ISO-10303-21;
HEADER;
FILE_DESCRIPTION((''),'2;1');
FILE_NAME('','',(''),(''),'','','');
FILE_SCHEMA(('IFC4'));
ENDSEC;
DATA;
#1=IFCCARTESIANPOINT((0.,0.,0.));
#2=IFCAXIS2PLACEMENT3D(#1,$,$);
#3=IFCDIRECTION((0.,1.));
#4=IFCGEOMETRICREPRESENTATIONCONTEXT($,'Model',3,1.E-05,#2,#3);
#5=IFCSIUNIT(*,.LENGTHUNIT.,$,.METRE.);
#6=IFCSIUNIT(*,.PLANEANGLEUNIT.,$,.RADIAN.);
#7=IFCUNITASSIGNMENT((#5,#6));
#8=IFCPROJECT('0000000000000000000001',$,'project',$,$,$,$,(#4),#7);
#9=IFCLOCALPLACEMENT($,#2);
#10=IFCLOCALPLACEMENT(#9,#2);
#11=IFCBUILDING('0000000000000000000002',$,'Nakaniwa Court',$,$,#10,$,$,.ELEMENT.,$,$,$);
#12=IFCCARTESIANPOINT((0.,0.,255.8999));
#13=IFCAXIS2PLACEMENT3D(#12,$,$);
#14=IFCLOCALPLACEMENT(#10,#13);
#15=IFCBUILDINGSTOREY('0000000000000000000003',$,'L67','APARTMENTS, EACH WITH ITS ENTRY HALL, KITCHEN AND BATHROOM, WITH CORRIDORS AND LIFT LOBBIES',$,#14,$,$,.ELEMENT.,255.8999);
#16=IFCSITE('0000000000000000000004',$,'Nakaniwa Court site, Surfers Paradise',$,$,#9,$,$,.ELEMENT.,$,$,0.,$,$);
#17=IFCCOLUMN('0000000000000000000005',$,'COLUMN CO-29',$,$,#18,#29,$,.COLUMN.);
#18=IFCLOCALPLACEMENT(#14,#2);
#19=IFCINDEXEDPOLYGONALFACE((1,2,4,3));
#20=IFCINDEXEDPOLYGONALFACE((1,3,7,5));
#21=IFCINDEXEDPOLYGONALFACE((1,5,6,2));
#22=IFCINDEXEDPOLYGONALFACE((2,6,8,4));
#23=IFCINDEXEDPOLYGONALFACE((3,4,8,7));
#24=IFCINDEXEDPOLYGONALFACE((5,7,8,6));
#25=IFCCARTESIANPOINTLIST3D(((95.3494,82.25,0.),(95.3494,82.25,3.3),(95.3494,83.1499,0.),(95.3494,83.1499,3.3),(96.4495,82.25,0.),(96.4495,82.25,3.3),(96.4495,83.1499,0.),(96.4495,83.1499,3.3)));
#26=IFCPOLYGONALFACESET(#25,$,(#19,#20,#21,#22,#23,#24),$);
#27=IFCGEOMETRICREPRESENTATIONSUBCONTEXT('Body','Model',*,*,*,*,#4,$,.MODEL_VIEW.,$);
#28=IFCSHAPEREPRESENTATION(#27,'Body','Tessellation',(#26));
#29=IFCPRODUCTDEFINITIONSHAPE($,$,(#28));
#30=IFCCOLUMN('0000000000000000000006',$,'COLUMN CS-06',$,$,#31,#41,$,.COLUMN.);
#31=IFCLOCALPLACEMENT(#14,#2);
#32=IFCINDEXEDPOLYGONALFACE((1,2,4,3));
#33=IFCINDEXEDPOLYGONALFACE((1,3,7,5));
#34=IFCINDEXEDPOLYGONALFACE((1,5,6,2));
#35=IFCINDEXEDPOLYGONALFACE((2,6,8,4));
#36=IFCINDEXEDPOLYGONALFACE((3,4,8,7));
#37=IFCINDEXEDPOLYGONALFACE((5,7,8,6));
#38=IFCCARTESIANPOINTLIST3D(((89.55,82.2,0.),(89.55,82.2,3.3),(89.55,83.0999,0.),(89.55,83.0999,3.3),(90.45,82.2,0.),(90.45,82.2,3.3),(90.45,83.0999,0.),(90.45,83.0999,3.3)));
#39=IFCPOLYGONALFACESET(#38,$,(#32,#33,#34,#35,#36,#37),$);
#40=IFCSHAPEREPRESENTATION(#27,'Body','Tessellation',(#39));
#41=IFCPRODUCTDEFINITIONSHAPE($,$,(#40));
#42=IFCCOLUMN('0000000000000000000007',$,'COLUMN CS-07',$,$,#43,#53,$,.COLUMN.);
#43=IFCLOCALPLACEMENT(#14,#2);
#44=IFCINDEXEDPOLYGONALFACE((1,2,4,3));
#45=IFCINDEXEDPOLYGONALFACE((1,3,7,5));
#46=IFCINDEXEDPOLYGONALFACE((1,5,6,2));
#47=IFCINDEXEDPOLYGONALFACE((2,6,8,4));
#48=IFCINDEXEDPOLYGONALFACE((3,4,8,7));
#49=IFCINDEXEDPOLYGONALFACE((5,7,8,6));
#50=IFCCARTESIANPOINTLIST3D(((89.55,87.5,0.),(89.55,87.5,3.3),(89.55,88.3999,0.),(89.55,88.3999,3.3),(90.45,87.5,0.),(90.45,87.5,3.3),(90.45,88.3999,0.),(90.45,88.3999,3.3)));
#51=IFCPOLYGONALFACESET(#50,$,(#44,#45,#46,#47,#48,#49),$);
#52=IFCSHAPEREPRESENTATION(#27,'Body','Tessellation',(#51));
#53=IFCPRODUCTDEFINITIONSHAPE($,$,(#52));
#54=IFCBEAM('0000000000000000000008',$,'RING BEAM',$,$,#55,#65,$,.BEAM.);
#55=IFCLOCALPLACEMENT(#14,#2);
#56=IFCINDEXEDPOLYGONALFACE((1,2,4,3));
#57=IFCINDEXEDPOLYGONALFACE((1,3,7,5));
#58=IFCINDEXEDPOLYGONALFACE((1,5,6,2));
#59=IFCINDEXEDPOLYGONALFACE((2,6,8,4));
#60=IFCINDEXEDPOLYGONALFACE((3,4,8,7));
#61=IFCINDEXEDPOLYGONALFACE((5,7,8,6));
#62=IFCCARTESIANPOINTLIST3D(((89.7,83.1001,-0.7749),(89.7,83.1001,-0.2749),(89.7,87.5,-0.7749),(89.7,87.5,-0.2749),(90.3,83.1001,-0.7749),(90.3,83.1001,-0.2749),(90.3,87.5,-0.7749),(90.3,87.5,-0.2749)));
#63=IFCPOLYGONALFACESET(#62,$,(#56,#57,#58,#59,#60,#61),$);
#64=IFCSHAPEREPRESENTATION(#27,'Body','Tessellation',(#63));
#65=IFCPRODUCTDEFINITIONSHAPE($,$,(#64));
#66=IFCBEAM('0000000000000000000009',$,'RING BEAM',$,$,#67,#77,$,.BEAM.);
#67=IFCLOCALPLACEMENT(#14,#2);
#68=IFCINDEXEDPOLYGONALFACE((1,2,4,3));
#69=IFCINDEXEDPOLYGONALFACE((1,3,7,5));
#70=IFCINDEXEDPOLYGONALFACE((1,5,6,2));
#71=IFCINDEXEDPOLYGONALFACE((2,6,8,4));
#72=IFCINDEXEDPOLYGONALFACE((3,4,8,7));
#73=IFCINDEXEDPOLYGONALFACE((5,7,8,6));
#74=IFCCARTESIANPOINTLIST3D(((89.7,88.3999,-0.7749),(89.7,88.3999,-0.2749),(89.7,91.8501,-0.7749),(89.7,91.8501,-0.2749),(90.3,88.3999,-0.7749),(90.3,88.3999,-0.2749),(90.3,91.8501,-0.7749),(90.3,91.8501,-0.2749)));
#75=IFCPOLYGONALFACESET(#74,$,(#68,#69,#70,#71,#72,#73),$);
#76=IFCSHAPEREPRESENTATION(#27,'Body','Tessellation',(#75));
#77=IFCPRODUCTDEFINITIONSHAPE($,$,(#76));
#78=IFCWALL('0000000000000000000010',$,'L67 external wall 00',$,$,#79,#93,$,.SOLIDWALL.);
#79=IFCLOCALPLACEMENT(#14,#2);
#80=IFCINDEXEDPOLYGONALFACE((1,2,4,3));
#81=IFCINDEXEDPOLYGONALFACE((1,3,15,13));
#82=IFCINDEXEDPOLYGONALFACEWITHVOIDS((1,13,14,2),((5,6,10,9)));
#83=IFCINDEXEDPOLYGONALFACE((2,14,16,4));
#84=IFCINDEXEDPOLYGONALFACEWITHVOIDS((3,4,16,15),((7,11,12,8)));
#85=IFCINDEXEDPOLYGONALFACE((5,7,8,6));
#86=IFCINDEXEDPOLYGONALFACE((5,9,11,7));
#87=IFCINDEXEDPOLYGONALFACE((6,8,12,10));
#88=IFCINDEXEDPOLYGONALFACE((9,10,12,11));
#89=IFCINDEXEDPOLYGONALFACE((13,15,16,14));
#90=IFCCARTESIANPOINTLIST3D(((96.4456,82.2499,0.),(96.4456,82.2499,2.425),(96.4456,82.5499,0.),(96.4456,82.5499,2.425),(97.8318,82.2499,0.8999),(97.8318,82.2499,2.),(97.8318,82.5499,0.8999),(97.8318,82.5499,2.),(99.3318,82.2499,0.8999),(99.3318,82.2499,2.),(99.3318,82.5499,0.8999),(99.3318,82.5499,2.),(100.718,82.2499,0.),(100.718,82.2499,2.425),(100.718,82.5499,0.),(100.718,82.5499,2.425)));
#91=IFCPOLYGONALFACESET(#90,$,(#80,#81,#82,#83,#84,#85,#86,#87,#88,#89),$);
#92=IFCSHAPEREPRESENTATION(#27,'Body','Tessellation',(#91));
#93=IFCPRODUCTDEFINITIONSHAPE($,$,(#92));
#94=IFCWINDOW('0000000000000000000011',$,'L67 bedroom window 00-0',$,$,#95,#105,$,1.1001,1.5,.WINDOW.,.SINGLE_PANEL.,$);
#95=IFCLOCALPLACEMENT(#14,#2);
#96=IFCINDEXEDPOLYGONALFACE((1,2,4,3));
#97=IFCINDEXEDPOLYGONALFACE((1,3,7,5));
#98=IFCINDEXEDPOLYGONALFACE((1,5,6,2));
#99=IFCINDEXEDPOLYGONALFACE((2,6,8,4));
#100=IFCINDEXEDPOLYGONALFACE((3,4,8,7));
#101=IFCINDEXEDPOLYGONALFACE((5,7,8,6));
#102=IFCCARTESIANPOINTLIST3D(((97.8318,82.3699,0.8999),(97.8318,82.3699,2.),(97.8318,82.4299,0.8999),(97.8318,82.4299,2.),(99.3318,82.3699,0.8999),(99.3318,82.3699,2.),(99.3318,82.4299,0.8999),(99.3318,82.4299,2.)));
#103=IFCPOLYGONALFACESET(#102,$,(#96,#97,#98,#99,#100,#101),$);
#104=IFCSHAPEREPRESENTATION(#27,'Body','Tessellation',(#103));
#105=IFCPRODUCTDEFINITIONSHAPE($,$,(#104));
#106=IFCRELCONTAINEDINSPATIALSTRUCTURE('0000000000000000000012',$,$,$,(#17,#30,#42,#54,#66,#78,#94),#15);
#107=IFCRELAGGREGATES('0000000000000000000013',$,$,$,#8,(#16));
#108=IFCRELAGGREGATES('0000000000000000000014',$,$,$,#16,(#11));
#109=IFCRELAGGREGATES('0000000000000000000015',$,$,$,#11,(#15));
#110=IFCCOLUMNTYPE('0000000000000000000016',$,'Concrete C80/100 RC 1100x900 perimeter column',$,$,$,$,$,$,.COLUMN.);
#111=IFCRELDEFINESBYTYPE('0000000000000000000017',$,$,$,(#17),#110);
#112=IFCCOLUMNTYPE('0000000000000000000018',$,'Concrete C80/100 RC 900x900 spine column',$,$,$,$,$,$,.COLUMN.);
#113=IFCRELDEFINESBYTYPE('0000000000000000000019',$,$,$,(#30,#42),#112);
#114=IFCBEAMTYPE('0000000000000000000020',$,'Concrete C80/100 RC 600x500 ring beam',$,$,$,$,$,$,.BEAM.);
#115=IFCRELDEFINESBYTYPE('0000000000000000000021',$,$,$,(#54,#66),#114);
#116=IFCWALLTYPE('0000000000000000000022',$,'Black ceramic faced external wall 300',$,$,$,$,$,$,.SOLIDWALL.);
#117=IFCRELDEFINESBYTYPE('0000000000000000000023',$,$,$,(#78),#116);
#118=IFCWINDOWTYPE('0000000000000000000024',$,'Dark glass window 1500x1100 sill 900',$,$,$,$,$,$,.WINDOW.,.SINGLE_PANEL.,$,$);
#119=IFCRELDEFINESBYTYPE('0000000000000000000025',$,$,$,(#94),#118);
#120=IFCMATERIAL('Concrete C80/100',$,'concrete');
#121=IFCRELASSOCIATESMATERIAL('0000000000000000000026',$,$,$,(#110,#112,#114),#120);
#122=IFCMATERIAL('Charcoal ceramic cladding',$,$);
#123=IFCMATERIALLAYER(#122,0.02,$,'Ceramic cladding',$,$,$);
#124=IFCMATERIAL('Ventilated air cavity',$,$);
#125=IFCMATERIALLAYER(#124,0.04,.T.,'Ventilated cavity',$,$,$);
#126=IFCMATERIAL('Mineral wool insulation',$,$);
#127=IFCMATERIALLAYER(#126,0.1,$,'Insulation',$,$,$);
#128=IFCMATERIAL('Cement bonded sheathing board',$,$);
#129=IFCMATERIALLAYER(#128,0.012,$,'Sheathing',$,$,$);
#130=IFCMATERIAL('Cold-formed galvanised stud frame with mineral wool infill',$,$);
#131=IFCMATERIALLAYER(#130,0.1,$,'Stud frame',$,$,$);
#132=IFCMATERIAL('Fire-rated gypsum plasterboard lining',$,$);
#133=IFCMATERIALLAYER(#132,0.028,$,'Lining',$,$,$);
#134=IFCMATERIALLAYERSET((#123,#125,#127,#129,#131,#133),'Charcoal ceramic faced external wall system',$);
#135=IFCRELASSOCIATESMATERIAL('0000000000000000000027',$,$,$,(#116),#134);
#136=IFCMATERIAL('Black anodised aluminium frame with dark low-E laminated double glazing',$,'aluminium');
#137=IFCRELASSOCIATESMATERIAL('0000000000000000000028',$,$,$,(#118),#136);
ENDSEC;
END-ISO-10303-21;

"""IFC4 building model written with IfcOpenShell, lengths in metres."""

from ifc_helpers import new_model, si_unit, direction, frame, frame_2d, origin, origin_2d, place, context, subcontext, project, spatial, rectangle, extrude, material, layer, layer_set, material_profile, profile_set, type_object, element, fill, save


model = new_model("IFC4")

# Units and contexts
model_context = context("Model", 3, precision=1e-05, world=origin(), true_north=direction((0.0, 1.0)))
body_context = subcontext(model_context, "Body", "Model", "MODEL_VIEW")
ifc_project = project(units=[si_unit("LENGTHUNIT", "METRE"), si_unit("PLANEANGLEUNIT", "RADIAN")], contexts=[model_context])

# Site, building, storey
site_placement = place(None, origin())
site = spatial("IfcSite", under=ifc_project, at=site_placement, Name="Nakaniwa Court site, Surfers Paradise", CompositionType="ELEMENT", RefElevation=0.0)
building_placement = place(site_placement, origin())
building = spatial("IfcBuilding", under=site, at=building_placement, Name="Nakaniwa Court", CompositionType="ELEMENT")
storey_placement = place(building_placement, frame((0.0, 0.0, 255.8999)))
storey = spatial("IfcBuildingStorey", under=building, at=storey_placement, Name="L67", Description="APARTMENTS, EACH WITH ITS ENTRY HALL, KITCHEN AND BATHROOM, WITH CORRIDORS AND LIFT LOBBIES", CompositionType="ELEMENT", Elevation=255.8999)

# Columns
ifc_material_1 = material(Name="Concrete C80/100", Category="concrete")
ifc_material_profile_1 = material_profile(ifc_material_1, rectangle(XDim=1.1001, YDim=0.8999, at=origin_2d()), Name="Concrete C80/100 RC 1100x900 perimeter column")
ifc_profile_set_1 = profile_set([ifc_material_profile_1], Name="Concrete C80/100")
column_type_1 = type_object("IfcColumnType", Name="Concrete C80/100 RC 1100x900 perimeter column", PredefinedType="COLUMN", material=ifc_profile_set_1)
column_placement = place(storey_placement, frame((95.8994, 82.7, 0.0), z_axis=(0.0, 0.0, 1.0), x_axis=(1.0, 0.0, 0.0)))
element("IfcColumn", 1, at=column_placement, inside=storey, type_object=column_type_1, Name="COLUMN CO-29", PredefinedType="COLUMN", context=body_context, shape_type="SweptSolid", body=[
    extrude(rectangle(XDim=1.1001, YDim=0.8999, at=origin_2d()), origin(), (0.0, 0.0, 1.0), 3.3),
])
ifc_material_profile_2 = material_profile(ifc_material_1, rectangle(XDim=0.8999, YDim=0.8999, at=origin_2d()), Name="Concrete C80/100 RC 900x900 spine column")
ifc_profile_set_2 = profile_set([ifc_material_profile_2], Name="Concrete C80/100")
column_type_2 = type_object("IfcColumnType", Name="Concrete C80/100 RC 900x900 spine column", PredefinedType="COLUMN", material=ifc_profile_set_2)
for number, where, z_axis, x_axis, name in (
    (2, (90.0, 82.6499, 0.0), (0.0, 0.0, 1.0), (0.0, 1.0, 0.0), "COLUMN CS-06"),
    (3, (90.0, 87.95, 0.0), (0.0, 0.0, 1.0), (0.0, 1.0, 0.0), "COLUMN CS-07"),
):
    element("IfcColumn", number, at=place(storey_placement, frame(where, z_axis=z_axis, x_axis=x_axis)), inside=storey, type_object=column_type_2, Name=name, PredefinedType="COLUMN", context=body_context, shape_type="SweptSolid", body=[
        extrude(rectangle(XDim=0.8999, YDim=0.8999, at=origin_2d()), origin(), (0.0, 0.0, 1.0), 3.3),
    ])

# Beams
ifc_material_profile_3 = material_profile(ifc_material_1, rectangle(XDim=0.6001, YDim=0.5, at=origin_2d()), Name="Concrete C80/100 RC 600x500 ring beam")
ifc_profile_set_3 = profile_set([ifc_material_profile_3], Name="Concrete C80/100")
beam_type = type_object("IfcBeamType", Name="Concrete C80/100 RC 600x500 ring beam", PredefinedType="BEAM", material=ifc_profile_set_3)
beam_1_placement = place(storey_placement, frame((90.0, 83.1001, -0.5249), z_axis=(0.0, 1.0, 0.0), x_axis=(-1.0, 0.0, 0.0)))
element("IfcBeam", 4, at=beam_1_placement, inside=storey, type_object=beam_type, Name="RING BEAM", PredefinedType="BEAM", context=body_context, shape_type="SweptSolid", body=[
    extrude(rectangle(XDim=0.6001, YDim=0.5, at=origin_2d()), origin(), (0.0, 0.0, 1.0), 4.3999),
])
beam_2_placement = place(storey_placement, frame((90.0, 88.3999, -0.5249), z_axis=(0.0, 1.0, 0.0), x_axis=(-1.0, 0.0, 0.0)))
element("IfcBeam", 5, at=beam_2_placement, inside=storey, type_object=beam_type, Name="RING BEAM", PredefinedType="BEAM", context=body_context, shape_type="SweptSolid", body=[
    extrude(rectangle(XDim=0.6001, YDim=0.5, at=origin_2d()), origin(), (0.0, 0.0, 1.0), 3.4502),
])

# Wall, opening, window
ifc_material_2 = material(Name="Charcoal ceramic cladding")
ifc_layer_1 = layer(ifc_material_2, 0.02, Name="Ceramic cladding")
ifc_material_3 = material(Name="Ventilated air cavity")
ifc_layer_2 = layer(ifc_material_3, 0.04, ventilated=True, Name="Ventilated cavity")
ifc_material_4 = material(Name="Mineral wool insulation")
ifc_layer_3 = layer(ifc_material_4, 0.1, Name="Insulation")
ifc_material_5 = material(Name="Cement bonded sheathing board")
ifc_layer_4 = layer(ifc_material_5, 0.012, Name="Sheathing")
ifc_material_6 = material(Name="Cold-formed galvanised stud frame with mineral wool infill")
ifc_layer_5 = layer(ifc_material_6, 0.1, Name="Stud frame")
ifc_material_7 = material(Name="Fire-rated gypsum plasterboard lining")
ifc_layer_6 = layer(ifc_material_7, 0.028, Name="Lining")
ifc_layer_set_1 = layer_set([ifc_layer_1, ifc_layer_2, ifc_layer_3, ifc_layer_4, ifc_layer_5, ifc_layer_6], Name="Charcoal ceramic faced external wall system")
wall_type_1 = type_object("IfcWallType", Name="Black ceramic faced external wall 300", PredefinedType="SOLIDWALL", material=ifc_layer_set_1)
wall_1_placement = place(storey_placement, frame((96.4456, 82.3999, 0.0), z_axis=(0.0, 0.0, 1.0), x_axis=(1.0, 0.0, 0.0)))
wall_1 = element("IfcWall", 6, at=wall_1_placement, inside=storey, type_object=wall_type_1, Name="L67 external wall 00", PredefinedType="SOLIDWALL", context=body_context, shape_type="SweptSolid", body=[
    extrude(rectangle(XDim=4.2725, YDim=0.3, at=frame_2d((2.1362, 0.0))), origin(), (0.0, 0.0, 1.0), 2.425),
])
opening_1_placement = place(wall_1_placement, frame((1.3862, 0.0, 0.8999)))
opening_1 = element("IfcOpeningElement", 7, at=opening_1_placement, cuts=wall_1, PredefinedType="OPENING", context=body_context, shape_type="SweptSolid", body=[
    extrude(rectangle(XDim=1.5, YDim=1.1001, at=frame_2d((0.75, 0.55))), frame((0.0, 0.1599, 0.0), z_axis=(0.0, -1.0, 0.0), x_axis=(1.0, 0.0, 0.0)), (0.0, 0.0, 1.0), 0.3201),
])
ifc_material_8 = material(Name="Black anodised aluminium frame with dark low-E laminated double glazing", Category="aluminium")
window_type = type_object("IfcWindowType", Name="Dark glass window 1500x1100 sill 900", PartitioningType="SINGLE_PANEL", PredefinedType="WINDOW", material=ifc_material_8)
window_placement = place(opening_1_placement, origin())
window = element("IfcWindow", 8, at=window_placement, inside=storey, type_object=window_type, Name="L67 bedroom window 00-0", OverallHeight=1.1001, OverallWidth=1.5, PartitioningType="SINGLE_PANEL", PredefinedType="WINDOW", context=body_context, shape_type="SweptSolid", body=[
    extrude(rectangle(XDim=1.5, YDim=1.1001, at=frame_2d((0.75, 0.55))), frame((0.0, 0.03, 0.0), z_axis=(0.0, -1.0, 0.0), x_axis=(1.0, 0.0, 0.0)), (0.0, 0.0, 1.0), 0.0601),
])
fill(opening_1, window)

save(model, "model.ifc")
